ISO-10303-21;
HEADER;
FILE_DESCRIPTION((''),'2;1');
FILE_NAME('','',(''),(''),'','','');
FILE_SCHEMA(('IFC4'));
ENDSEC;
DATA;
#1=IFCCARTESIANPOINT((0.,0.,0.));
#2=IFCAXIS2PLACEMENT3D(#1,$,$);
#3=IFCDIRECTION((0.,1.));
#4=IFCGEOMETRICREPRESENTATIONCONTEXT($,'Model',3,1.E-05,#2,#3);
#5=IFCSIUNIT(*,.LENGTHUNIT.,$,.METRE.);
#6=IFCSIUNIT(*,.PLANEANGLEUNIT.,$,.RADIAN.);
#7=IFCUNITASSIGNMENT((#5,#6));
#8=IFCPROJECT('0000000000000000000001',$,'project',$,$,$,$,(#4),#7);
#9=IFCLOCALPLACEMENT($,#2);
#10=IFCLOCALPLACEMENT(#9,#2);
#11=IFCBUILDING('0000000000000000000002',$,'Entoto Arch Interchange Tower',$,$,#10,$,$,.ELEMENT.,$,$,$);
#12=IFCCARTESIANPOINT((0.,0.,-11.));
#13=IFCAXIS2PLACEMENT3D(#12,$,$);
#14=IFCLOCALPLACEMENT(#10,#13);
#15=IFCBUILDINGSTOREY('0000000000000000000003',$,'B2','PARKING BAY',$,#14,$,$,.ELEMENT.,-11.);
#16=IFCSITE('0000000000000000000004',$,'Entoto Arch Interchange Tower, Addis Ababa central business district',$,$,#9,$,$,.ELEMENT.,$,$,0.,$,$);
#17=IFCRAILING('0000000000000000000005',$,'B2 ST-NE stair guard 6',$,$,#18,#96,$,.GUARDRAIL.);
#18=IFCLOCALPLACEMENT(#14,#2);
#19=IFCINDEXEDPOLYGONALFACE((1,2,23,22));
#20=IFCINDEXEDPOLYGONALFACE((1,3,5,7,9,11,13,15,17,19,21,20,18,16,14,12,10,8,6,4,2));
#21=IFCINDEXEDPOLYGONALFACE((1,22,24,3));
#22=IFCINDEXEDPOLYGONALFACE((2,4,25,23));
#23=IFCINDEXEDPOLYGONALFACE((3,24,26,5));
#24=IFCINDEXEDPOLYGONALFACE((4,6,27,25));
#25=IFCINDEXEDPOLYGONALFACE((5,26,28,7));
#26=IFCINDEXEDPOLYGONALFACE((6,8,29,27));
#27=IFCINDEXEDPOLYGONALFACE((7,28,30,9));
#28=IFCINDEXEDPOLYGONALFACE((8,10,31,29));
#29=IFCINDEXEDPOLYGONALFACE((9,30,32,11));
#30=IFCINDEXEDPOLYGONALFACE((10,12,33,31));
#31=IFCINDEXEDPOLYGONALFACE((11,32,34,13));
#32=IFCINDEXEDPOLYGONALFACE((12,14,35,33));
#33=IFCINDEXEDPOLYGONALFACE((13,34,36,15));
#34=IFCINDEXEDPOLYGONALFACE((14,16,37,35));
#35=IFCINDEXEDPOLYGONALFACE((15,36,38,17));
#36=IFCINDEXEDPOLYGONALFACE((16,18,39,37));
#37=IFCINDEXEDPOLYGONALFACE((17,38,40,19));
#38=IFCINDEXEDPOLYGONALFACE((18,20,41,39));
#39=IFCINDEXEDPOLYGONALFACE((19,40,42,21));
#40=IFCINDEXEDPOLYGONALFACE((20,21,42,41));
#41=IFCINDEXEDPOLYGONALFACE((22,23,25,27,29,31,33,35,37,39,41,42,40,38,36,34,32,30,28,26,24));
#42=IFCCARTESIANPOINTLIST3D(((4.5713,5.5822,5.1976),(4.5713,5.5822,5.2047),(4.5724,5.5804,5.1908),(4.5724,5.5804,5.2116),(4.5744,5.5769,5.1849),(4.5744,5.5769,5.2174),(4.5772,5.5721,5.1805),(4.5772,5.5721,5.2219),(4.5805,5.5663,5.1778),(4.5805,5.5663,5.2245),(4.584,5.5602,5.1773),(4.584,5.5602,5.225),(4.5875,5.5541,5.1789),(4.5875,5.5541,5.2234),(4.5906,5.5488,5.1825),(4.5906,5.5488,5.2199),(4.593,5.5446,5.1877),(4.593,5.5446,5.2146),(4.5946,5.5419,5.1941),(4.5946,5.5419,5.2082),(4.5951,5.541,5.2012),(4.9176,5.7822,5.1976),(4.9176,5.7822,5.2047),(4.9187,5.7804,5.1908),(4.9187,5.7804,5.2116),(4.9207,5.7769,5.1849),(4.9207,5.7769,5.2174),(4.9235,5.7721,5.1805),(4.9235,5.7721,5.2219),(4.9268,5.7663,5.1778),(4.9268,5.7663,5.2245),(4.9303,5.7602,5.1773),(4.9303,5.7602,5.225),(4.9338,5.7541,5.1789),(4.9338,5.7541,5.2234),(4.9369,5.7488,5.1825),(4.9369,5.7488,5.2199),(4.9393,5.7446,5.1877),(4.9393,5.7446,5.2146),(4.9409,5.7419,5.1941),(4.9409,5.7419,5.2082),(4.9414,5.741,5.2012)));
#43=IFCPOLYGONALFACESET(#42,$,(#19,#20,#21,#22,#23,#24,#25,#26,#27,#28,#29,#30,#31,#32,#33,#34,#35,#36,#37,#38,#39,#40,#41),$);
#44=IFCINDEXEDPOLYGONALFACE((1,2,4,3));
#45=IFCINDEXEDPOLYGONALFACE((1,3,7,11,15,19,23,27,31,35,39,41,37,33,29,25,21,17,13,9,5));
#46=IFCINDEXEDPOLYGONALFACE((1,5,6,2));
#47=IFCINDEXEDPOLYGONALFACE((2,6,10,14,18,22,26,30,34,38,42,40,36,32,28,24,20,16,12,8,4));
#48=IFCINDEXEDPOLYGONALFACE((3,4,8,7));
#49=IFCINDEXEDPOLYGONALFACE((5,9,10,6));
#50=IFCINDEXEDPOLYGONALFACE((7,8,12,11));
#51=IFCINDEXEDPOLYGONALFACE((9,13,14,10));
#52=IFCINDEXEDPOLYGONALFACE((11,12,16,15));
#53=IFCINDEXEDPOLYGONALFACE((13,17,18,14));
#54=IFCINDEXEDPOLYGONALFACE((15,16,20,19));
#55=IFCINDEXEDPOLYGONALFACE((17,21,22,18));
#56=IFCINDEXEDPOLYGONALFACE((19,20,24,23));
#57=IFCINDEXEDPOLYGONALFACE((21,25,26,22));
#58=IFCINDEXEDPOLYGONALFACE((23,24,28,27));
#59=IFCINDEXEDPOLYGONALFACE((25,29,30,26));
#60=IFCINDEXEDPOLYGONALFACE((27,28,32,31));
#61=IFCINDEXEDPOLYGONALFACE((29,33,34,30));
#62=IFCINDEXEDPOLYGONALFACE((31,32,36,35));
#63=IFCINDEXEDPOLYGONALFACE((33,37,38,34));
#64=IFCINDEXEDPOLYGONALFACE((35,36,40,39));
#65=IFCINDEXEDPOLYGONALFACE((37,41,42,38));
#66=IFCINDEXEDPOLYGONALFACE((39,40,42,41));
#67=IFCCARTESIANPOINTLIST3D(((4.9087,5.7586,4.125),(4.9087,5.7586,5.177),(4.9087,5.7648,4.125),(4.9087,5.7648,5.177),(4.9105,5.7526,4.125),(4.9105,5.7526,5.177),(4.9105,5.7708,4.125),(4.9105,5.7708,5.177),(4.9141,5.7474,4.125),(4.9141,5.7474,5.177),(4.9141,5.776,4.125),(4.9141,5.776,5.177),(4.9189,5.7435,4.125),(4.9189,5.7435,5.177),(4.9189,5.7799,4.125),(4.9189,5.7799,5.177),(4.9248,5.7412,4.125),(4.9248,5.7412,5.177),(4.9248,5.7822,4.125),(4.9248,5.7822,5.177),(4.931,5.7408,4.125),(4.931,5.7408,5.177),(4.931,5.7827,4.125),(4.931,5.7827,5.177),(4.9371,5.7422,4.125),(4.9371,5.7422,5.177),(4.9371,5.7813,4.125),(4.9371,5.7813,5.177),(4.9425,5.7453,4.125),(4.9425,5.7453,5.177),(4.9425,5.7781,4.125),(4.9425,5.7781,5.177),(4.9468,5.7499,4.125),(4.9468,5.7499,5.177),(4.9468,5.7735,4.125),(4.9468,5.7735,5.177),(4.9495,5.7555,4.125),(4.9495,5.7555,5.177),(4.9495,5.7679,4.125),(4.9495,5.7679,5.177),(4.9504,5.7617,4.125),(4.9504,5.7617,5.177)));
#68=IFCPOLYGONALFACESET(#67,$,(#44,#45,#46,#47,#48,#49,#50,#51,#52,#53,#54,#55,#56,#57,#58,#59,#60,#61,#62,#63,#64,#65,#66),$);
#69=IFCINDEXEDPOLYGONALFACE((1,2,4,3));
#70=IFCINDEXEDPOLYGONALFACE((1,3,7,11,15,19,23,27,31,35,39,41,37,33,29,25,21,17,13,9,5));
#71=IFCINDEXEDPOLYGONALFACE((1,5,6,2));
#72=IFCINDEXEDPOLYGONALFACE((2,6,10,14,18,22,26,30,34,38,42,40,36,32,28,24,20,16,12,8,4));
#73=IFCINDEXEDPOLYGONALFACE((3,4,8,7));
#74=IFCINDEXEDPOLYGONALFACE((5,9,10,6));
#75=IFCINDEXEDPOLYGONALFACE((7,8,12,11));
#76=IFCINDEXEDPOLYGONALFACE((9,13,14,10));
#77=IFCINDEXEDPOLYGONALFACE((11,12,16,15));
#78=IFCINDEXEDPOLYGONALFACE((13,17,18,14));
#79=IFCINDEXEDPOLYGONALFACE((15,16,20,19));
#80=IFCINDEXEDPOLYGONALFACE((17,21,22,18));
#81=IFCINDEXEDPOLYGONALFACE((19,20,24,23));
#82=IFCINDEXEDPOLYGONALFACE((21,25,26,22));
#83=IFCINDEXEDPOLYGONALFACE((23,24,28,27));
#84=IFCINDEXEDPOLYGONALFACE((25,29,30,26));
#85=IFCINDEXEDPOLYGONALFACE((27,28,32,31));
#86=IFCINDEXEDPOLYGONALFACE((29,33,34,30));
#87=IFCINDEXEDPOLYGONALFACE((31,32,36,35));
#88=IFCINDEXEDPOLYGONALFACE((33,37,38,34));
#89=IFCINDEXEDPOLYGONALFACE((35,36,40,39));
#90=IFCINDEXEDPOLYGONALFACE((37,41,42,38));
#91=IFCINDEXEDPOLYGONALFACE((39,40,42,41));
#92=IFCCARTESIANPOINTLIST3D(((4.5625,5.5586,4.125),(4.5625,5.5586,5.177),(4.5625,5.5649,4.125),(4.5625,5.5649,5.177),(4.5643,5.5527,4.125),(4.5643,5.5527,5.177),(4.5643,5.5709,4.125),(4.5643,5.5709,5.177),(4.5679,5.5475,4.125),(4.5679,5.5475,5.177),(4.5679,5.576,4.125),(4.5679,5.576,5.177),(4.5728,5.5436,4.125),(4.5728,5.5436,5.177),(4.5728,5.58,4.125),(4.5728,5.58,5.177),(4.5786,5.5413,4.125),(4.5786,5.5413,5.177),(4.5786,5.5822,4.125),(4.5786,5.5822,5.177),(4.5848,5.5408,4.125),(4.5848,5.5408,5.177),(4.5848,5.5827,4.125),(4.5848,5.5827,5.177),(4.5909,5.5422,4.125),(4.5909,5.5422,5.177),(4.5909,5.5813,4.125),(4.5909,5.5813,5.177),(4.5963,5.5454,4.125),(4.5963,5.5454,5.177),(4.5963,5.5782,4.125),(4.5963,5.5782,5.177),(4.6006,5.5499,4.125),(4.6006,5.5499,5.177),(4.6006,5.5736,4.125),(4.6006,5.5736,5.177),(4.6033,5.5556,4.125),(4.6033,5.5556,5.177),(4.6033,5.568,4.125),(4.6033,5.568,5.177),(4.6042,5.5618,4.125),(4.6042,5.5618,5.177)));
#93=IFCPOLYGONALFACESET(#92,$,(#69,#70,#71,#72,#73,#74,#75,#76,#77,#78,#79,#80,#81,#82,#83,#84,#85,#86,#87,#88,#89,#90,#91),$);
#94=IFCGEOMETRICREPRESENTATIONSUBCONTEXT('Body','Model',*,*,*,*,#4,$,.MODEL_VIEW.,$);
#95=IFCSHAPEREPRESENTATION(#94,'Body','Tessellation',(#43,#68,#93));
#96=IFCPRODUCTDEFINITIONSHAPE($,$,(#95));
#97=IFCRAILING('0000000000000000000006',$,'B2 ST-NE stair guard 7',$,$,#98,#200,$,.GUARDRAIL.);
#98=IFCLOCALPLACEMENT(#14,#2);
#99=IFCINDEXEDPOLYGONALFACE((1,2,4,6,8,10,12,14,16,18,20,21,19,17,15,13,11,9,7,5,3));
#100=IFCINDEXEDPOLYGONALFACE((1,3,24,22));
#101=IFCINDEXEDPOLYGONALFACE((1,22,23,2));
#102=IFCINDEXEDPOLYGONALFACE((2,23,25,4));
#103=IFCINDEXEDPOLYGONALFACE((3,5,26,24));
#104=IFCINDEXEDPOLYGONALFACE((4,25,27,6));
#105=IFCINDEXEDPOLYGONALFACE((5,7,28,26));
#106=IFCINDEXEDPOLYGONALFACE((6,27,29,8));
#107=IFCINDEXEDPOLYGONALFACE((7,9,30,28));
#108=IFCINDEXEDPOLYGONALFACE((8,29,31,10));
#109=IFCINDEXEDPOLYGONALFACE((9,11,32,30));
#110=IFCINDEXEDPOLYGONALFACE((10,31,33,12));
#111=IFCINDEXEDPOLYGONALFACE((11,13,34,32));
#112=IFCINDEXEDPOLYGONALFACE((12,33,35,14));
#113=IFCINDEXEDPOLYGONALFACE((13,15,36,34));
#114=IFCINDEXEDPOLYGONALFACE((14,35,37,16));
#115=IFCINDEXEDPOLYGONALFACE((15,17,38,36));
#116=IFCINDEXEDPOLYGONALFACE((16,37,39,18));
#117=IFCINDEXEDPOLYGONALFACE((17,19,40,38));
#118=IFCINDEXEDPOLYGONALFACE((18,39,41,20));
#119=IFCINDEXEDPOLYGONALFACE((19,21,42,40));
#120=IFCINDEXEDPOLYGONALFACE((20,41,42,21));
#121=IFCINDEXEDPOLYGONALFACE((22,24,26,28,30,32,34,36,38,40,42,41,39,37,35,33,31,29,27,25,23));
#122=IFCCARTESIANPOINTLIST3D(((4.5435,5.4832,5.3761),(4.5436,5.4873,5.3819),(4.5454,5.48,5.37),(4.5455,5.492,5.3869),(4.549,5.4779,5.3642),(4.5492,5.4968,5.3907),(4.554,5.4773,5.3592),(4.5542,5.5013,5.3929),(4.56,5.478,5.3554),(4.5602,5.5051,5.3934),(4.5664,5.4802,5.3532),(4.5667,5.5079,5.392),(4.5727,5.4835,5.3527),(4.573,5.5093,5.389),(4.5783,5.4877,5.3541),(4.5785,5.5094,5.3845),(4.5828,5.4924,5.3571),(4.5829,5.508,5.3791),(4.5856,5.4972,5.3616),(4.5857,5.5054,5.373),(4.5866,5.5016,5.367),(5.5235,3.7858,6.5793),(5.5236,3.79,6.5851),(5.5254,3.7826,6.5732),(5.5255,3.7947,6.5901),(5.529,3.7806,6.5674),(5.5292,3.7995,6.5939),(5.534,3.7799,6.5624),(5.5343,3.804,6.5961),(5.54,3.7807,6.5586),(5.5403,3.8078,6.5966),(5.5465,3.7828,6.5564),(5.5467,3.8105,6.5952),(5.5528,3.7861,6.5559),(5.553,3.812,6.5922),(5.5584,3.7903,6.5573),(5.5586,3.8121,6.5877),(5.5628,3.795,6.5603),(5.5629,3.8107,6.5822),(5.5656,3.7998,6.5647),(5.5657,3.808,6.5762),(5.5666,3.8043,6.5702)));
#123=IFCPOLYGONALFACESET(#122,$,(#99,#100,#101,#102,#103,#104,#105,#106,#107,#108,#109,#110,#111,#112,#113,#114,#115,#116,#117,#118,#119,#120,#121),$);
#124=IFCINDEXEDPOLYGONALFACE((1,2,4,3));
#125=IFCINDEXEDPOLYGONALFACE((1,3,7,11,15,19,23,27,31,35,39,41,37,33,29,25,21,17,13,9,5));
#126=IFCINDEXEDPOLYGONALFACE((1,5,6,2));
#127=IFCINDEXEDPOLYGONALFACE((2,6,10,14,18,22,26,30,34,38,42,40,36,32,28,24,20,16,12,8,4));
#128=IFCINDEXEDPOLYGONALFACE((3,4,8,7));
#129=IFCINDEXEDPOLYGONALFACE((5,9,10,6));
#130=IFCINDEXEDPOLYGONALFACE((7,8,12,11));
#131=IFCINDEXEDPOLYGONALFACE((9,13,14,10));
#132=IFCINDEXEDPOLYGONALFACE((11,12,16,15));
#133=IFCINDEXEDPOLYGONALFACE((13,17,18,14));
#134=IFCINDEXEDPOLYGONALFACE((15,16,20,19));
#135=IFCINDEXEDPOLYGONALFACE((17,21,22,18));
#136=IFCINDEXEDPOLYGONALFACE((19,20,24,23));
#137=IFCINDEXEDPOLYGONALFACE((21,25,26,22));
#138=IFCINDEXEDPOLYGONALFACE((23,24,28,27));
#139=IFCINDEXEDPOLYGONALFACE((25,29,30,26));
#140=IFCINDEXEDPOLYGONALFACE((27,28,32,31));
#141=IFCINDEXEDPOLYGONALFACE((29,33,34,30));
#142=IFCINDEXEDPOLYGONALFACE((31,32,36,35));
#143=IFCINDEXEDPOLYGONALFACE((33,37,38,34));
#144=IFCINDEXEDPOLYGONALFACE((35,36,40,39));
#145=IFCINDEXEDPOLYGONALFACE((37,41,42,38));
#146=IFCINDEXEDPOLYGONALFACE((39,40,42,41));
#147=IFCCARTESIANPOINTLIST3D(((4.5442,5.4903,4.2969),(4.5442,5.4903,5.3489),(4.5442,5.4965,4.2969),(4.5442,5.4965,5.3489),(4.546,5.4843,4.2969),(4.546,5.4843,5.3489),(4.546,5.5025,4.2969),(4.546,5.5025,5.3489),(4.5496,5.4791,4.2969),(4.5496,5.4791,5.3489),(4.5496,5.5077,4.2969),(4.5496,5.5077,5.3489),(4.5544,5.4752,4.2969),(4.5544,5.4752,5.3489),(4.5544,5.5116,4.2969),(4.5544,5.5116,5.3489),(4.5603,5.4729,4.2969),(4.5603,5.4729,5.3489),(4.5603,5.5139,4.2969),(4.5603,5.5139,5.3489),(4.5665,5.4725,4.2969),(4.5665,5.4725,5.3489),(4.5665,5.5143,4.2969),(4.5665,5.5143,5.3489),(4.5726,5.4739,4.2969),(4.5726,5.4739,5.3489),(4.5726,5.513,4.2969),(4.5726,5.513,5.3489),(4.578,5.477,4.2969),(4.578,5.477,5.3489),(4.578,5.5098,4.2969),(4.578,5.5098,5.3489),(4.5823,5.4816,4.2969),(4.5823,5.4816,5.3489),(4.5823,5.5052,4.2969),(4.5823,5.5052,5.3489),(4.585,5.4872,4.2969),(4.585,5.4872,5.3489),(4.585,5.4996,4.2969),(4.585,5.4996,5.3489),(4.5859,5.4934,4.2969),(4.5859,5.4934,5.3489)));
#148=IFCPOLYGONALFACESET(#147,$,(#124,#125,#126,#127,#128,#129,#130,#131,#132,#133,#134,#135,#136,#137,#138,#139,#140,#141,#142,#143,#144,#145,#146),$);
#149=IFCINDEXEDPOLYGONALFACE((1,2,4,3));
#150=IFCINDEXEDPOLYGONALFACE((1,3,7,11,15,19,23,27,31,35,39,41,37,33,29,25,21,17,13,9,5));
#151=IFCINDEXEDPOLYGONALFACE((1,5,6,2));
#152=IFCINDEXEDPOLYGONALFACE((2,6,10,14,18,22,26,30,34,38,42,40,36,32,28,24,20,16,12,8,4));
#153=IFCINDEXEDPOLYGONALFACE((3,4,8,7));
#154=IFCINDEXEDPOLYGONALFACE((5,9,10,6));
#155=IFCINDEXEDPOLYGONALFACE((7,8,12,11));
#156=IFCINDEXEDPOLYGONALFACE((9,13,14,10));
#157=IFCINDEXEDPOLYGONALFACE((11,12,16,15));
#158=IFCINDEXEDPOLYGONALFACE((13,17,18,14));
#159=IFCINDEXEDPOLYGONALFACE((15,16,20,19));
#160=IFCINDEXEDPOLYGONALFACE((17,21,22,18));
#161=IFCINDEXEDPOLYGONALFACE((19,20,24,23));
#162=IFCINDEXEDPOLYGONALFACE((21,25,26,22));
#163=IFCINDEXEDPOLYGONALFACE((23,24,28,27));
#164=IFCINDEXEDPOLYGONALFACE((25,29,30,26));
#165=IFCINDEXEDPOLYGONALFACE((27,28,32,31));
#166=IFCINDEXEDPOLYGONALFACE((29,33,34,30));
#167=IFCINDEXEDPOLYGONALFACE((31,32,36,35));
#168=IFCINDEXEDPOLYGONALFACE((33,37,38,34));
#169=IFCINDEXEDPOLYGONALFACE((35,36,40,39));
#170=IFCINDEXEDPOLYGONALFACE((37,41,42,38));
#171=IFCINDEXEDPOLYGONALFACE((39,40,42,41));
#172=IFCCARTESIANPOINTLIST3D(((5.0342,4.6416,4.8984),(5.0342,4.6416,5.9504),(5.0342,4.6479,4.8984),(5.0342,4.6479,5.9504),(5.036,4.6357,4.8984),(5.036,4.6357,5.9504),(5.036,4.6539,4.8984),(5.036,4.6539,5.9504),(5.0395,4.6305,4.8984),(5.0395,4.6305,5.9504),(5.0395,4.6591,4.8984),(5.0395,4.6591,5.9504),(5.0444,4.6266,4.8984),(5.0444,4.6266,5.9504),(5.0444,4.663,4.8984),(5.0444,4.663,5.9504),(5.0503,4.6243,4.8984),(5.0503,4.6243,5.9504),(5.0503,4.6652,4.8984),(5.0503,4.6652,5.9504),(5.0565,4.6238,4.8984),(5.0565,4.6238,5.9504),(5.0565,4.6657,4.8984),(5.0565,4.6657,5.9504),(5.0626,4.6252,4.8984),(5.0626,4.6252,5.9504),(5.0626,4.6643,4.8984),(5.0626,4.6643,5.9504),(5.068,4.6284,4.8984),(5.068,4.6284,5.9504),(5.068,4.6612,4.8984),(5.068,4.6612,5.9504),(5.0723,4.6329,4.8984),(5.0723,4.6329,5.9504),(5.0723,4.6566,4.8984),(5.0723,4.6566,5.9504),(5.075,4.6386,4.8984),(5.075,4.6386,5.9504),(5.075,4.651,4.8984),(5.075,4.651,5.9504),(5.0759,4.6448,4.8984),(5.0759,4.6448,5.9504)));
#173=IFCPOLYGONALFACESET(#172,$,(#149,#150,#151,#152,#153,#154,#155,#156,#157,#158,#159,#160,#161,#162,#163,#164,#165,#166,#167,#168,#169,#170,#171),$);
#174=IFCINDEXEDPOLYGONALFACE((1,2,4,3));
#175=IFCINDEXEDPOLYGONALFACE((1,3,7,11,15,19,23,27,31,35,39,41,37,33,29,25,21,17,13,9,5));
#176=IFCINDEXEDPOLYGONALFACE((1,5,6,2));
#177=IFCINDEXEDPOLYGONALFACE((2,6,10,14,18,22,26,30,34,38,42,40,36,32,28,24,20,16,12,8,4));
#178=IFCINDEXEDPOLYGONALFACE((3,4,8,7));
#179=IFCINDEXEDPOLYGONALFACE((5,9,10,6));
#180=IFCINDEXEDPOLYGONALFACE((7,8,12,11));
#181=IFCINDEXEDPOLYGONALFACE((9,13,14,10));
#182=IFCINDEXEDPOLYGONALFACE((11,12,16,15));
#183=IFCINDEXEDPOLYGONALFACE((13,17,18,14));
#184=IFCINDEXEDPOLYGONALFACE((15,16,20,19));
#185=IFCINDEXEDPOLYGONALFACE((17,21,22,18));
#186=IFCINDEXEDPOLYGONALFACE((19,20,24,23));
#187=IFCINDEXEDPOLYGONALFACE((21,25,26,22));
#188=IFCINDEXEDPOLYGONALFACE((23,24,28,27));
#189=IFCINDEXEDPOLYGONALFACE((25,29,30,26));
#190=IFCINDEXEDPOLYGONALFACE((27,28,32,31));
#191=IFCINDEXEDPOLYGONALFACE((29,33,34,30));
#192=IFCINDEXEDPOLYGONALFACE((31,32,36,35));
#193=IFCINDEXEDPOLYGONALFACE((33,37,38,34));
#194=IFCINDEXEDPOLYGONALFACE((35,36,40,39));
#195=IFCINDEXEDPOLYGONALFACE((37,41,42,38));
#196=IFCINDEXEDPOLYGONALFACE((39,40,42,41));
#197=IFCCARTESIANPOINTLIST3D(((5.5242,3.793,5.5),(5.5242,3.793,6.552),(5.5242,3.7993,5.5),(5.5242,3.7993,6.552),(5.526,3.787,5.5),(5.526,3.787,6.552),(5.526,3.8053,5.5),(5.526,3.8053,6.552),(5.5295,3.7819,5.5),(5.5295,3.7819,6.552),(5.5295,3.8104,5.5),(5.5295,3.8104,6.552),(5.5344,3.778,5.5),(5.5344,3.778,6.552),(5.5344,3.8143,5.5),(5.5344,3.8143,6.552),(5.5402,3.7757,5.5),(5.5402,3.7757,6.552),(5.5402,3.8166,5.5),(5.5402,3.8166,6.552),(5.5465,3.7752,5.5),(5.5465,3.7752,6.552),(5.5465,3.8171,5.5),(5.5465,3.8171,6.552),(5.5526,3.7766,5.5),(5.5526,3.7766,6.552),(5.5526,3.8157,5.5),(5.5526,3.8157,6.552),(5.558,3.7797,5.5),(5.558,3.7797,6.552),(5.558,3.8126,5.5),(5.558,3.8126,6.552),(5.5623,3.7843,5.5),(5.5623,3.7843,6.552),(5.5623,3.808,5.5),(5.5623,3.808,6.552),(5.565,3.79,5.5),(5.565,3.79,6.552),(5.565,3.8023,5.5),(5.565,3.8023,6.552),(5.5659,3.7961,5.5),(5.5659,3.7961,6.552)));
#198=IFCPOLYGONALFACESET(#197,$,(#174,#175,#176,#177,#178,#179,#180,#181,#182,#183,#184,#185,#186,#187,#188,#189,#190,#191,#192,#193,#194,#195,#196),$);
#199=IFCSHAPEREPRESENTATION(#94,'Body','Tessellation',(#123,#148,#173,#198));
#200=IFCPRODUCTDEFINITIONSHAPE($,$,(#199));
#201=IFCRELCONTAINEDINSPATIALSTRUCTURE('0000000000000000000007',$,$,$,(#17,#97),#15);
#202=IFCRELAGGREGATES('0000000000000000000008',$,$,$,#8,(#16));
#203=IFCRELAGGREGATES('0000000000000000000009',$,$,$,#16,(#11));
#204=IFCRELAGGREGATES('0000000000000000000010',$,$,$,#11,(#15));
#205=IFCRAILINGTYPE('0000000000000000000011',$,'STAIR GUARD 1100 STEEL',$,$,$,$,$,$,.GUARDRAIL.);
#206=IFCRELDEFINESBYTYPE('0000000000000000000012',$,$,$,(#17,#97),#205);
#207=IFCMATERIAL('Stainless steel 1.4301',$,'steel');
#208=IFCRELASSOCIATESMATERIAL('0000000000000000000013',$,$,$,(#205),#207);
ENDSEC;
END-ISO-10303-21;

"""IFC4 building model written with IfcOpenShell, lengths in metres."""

from ifc_helpers import new_model, si_unit, direction, frame, origin, origin_2d, place, context, subcontext, project, spatial, circle, extrude, material, type_object, element, save


model = new_model("IFC4")

# Units and contexts
model_context = context("Model", 3, precision=1e-05, world=origin(), true_north=direction((0.0, 1.0)))
body_context = subcontext(model_context, "Body", "Model", "MODEL_VIEW")
ifc_project = project(units=[si_unit("LENGTHUNIT", "METRE"), si_unit("PLANEANGLEUNIT", "RADIAN")], contexts=[model_context])

# Site, building, storey
site_placement = place(None, origin())
site = spatial("IfcSite", under=ifc_project, at=site_placement, Name="Entoto Arch Interchange Tower, Addis Ababa central business district", CompositionType="ELEMENT", RefElevation=0.0)
building_placement = place(site_placement, origin())
building = spatial("IfcBuilding", under=site, at=building_placement, Name="Entoto Arch Interchange Tower", CompositionType="ELEMENT")
storey_placement = place(building_placement, frame((0.0, 0.0, -11.0)))
storey = spatial("IfcBuildingStorey", under=building, at=storey_placement, Name="B2", Description="PARKING BAY", CompositionType="ELEMENT", Elevation=-11.0)

# Railings
ifc_material_1 = material(Name="Stainless steel 1.4301", Category="steel")
railing_type_1 = type_object("IfcRailingType", Name="STAIR GUARD 1100 STEEL", PredefinedType="GUARDRAIL", material=ifc_material_1)
railing_1_placement = place(storey_placement, frame((4.9294, 5.7617, 4.125)))
element("IfcRailing", 1, at=railing_1_placement, inside=storey, type_object=railing_type_1, Name="B2 ST-NE stair guard 6", PredefinedType="GUARDRAIL", context=body_context, shape_type="SweptSolid", body=[
    extrude(circle(Radius=0.0239, at=origin_2d()), frame((0.0, 0.0, 1.0762), z_axis=(-0.865941, -0.500145, 0.0), x_axis=(0.500145, -0.865941, 0.0)), (0.0, 0.0, 1.0), 0.3999),
    extrude(circle(Radius=0.021, at=origin_2d()), origin(), (0.0, 0.0, 1.0), 1.052),
    extrude(circle(Radius=0.021, at=origin_2d()), frame((-0.3462, -0.2, 0.0)), (0.0, 0.0, 1.0), 1.052),
])
railing_2_placement = place(storey_placement, frame((4.5649, 5.4934, 4.2969)))
element("IfcRailing", 2, at=railing_2_placement, inside=storey, type_object=railing_type_1, Name="B2 ST-NE stair guard 7", PredefinedType="GUARDRAIL", context=body_context, shape_type="SweptSolid", body=[
    extrude(circle(Radius=0.0239, at=origin_2d()), frame((0.0, 0.0, 1.0762), z_axis=(0.426136, -0.73804, 0.523168), x_axis=(0.866011, 0.500024, 0.0)), (0.0, 0.0, 1.0), 2.2998),
    extrude(circle(Radius=0.021, at=origin_2d()), origin(), (0.0, 0.0, 1.0), 1.052),
    extrude(circle(Radius=0.021, at=origin_2d()), frame((0.49, -0.8486, 0.6016)), (0.0, 0.0, 1.0), 1.052),
    extrude(circle(Radius=0.021, at=origin_2d()), frame((0.98, -1.6973, 1.2031)), (0.0, 0.0, 1.0), 1.052),
])

save(model, "model.ifc")
